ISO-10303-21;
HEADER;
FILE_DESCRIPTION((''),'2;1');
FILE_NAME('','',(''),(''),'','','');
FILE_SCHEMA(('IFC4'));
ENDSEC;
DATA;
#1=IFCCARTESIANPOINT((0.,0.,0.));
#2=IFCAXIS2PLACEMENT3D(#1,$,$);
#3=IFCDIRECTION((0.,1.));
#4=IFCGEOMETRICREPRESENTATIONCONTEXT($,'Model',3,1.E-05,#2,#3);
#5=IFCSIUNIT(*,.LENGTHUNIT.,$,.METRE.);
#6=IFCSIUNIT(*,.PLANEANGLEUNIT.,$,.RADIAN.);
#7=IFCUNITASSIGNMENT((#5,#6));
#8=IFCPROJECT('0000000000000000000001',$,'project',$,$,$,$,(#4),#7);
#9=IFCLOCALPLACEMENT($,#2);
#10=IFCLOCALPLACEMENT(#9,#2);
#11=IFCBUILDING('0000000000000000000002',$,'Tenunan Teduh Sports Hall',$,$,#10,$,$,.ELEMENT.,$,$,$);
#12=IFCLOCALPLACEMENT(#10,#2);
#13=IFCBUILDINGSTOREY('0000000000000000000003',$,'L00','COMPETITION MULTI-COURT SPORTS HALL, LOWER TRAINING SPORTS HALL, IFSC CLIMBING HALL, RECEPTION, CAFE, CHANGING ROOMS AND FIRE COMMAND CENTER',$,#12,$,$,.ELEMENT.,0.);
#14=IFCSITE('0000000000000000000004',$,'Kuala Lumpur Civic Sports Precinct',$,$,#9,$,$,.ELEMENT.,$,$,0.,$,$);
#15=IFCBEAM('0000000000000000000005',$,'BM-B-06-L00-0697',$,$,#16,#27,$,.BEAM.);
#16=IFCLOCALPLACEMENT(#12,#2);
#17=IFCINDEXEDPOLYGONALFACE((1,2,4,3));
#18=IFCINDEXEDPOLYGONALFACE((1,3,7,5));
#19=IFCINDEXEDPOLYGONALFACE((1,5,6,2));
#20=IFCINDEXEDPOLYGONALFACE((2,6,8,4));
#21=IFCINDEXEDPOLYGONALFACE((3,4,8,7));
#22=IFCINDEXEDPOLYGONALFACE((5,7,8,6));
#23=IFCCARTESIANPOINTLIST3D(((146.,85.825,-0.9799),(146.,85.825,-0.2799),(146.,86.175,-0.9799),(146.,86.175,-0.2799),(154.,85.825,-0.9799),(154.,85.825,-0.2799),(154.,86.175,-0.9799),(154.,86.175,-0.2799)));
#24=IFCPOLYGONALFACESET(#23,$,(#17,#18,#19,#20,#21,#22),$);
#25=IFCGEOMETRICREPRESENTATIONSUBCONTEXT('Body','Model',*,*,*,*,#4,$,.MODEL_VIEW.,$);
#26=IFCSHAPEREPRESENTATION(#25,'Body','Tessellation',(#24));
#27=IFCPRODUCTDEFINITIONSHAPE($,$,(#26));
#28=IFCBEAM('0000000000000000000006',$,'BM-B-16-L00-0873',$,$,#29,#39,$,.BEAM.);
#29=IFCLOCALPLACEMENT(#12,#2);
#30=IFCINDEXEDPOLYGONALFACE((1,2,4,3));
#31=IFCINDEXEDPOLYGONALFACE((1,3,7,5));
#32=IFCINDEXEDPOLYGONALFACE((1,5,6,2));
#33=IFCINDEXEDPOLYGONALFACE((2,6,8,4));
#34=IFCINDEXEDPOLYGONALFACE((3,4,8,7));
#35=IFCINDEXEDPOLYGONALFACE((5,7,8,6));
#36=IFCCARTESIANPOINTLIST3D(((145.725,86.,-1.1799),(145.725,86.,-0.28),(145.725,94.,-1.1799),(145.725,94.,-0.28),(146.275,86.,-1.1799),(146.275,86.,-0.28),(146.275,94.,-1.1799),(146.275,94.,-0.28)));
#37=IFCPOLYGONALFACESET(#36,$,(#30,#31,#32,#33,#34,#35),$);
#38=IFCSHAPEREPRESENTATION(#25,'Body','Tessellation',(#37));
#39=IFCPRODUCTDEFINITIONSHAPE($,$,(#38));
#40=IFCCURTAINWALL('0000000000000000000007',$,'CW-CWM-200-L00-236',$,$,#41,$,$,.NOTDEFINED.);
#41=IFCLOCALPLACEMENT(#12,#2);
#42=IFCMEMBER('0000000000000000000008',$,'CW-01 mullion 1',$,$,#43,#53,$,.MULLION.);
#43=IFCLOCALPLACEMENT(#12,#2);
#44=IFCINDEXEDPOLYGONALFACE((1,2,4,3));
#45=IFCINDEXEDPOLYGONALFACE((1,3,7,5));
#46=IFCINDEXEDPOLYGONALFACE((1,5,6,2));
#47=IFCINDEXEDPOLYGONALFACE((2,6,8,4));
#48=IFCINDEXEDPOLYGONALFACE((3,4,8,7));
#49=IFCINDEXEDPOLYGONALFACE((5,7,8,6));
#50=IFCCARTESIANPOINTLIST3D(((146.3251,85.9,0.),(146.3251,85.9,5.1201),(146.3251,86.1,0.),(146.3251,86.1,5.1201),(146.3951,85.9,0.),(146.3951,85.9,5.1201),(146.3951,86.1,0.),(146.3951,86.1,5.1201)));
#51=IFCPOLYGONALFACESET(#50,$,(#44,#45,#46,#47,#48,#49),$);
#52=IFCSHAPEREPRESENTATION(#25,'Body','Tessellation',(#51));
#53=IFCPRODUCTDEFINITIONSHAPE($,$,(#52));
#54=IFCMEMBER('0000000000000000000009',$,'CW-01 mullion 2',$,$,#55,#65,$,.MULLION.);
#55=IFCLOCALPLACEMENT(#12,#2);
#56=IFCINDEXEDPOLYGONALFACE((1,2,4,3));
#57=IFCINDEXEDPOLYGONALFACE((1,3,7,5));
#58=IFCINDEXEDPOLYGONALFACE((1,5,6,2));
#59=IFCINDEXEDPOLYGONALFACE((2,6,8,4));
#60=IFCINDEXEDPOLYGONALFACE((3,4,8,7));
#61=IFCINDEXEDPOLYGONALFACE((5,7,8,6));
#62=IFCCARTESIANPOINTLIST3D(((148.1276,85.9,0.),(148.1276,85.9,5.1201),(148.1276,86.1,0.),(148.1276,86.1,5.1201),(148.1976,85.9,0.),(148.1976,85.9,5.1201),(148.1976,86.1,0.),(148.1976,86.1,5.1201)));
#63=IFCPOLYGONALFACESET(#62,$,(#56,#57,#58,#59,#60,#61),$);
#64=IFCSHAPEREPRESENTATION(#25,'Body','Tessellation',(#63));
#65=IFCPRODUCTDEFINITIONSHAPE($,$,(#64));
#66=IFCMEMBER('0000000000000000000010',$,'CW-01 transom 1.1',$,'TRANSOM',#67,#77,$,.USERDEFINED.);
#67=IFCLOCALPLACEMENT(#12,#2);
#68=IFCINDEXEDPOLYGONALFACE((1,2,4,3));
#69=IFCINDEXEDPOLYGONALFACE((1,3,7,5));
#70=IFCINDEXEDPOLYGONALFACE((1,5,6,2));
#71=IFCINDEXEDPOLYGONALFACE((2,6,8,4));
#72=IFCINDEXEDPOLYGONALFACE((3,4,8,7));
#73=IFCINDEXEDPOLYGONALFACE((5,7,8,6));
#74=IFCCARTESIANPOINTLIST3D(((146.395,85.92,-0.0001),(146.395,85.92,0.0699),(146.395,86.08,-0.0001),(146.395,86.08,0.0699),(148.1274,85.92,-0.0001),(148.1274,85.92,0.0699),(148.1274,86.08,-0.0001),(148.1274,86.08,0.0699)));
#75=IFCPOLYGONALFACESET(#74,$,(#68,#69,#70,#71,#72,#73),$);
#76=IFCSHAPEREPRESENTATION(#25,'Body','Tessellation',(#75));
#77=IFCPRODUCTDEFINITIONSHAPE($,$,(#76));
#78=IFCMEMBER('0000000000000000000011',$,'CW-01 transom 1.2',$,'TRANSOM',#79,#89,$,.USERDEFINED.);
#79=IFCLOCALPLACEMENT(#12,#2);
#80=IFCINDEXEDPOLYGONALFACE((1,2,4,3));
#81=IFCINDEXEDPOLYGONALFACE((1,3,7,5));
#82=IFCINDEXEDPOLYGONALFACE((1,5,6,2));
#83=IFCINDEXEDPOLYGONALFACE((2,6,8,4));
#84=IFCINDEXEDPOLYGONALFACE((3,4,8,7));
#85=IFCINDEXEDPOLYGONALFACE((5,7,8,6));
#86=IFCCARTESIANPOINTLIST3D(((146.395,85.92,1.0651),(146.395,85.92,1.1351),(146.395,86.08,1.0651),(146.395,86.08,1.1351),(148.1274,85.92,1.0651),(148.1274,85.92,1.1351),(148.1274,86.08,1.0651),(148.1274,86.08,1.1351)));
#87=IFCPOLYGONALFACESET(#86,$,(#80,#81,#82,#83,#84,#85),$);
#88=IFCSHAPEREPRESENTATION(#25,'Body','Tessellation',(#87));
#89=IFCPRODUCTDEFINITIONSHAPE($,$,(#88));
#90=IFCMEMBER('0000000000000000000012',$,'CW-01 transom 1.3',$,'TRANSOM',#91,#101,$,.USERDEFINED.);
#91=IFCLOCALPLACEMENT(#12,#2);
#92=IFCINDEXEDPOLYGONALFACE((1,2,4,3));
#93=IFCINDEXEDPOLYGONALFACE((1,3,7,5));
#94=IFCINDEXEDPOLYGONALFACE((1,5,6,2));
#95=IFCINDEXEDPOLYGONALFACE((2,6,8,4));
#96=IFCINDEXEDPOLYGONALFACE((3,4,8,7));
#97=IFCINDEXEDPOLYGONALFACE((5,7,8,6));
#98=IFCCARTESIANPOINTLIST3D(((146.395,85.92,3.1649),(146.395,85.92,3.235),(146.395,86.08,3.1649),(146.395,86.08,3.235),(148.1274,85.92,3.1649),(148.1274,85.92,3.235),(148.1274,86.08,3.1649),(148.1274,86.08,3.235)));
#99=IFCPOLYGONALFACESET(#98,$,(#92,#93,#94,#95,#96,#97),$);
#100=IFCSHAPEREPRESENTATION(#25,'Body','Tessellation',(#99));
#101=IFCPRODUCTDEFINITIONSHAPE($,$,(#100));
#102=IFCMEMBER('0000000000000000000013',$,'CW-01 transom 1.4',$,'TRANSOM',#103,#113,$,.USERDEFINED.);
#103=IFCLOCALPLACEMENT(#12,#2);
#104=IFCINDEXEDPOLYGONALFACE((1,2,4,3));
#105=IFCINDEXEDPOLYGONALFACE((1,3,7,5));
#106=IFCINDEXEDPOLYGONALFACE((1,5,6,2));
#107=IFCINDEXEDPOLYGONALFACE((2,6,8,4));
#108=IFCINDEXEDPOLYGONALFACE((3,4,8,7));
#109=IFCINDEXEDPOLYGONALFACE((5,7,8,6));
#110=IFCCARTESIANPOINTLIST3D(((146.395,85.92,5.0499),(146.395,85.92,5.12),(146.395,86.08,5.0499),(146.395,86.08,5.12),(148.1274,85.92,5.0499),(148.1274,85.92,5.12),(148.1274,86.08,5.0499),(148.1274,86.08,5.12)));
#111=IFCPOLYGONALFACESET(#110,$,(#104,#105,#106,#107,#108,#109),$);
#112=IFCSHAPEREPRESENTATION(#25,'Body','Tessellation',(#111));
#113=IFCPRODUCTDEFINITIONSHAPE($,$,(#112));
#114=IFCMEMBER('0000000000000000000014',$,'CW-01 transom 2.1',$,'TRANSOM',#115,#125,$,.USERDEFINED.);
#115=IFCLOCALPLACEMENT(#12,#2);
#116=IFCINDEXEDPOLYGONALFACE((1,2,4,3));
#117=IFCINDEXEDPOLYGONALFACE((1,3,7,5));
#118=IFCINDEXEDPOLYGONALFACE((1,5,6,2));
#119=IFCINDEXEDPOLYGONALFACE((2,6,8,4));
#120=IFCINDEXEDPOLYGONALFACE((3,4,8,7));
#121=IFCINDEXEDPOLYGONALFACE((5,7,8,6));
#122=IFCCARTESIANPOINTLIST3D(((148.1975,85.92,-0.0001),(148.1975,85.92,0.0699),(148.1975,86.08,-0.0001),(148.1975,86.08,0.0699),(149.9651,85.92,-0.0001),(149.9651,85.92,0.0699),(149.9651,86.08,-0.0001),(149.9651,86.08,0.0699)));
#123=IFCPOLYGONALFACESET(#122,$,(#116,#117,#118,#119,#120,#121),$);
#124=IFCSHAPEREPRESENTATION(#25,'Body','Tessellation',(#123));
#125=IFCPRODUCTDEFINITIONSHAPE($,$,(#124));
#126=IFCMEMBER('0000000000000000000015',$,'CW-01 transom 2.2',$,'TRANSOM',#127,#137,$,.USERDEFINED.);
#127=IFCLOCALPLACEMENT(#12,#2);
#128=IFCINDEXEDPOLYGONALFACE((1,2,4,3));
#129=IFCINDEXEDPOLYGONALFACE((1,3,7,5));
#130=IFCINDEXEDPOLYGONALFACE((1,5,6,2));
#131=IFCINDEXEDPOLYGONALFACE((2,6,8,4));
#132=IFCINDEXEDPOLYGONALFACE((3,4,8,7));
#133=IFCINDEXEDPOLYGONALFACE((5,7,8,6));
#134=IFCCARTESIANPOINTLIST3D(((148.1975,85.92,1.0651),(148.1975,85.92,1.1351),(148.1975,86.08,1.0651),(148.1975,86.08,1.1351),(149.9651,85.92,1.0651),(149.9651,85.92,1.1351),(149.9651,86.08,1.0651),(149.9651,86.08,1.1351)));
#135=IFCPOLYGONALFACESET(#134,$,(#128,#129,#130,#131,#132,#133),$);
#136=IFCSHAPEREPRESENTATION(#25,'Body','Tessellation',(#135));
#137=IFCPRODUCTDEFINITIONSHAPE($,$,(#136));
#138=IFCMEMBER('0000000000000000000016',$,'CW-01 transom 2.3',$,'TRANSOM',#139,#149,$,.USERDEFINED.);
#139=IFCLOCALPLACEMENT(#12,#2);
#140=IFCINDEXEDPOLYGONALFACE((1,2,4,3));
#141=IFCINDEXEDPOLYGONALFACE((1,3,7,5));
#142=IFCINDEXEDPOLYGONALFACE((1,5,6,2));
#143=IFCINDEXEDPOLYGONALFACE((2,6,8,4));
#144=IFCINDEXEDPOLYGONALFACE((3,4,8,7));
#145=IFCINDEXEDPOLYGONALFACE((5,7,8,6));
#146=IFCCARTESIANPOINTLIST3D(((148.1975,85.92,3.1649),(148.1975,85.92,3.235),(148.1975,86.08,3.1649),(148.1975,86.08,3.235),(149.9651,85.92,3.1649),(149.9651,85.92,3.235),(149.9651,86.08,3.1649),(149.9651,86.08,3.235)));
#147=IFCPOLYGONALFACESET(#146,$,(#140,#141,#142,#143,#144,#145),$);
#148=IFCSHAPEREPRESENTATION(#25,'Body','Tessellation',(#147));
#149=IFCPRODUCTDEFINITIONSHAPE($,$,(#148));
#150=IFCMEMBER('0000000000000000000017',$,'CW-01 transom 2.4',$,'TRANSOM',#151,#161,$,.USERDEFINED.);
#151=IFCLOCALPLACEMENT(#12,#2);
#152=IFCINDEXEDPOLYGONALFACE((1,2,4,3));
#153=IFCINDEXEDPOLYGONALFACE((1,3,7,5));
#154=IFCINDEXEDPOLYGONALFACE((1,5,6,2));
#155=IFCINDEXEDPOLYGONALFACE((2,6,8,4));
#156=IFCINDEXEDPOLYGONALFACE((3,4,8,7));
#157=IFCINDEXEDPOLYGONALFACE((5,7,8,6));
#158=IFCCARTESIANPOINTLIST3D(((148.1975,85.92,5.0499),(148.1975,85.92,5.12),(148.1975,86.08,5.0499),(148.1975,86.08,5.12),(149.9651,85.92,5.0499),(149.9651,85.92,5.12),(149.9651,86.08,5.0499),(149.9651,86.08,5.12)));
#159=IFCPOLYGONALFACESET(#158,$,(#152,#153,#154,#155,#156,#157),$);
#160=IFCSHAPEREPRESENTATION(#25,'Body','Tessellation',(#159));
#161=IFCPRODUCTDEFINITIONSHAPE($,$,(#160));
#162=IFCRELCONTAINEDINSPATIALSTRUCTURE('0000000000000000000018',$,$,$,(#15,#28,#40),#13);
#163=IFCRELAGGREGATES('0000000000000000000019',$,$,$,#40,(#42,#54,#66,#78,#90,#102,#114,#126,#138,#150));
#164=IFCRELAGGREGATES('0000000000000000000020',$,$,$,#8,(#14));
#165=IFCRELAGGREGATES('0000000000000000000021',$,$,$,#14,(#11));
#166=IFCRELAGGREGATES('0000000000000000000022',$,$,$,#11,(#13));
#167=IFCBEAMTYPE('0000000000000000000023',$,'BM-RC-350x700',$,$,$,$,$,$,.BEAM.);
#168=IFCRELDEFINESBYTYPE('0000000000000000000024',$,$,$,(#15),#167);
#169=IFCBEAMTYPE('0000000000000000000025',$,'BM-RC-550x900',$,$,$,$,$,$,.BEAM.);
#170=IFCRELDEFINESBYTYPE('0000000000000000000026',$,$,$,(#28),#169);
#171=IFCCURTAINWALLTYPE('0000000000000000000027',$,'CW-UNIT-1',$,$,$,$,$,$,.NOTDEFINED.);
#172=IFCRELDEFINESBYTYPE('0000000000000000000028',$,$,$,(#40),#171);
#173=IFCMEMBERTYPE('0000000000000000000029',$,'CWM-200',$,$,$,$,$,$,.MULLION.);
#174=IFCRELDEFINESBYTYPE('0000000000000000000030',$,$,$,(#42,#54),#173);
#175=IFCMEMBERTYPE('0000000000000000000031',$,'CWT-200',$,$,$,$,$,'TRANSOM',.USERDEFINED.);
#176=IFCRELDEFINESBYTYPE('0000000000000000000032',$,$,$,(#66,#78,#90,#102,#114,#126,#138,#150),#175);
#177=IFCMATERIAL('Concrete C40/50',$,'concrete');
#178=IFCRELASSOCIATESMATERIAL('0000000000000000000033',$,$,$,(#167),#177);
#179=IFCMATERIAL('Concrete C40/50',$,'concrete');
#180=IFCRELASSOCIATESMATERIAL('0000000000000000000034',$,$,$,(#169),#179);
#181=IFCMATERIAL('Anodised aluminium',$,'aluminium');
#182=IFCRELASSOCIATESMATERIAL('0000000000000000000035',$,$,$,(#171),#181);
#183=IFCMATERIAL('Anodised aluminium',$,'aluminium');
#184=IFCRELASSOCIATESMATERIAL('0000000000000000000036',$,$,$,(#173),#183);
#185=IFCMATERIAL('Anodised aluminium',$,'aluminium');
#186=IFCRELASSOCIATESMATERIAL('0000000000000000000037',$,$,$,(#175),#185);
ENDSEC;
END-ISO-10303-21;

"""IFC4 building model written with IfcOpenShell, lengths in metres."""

from ifc_helpers import new_model, si_unit, direction, frame, origin, origin_2d, place, context, subcontext, project, spatial, rectangle, extrude, material, material_profile, profile_set, type_object, element, aggregate, save


model = new_model("IFC4")

# Units and contexts
model_context = context("Model", 3, precision=1e-05, world=origin(), true_north=direction((0.0, 1.0)))
body_context = subcontext(model_context, "Body", "Model", "MODEL_VIEW")
ifc_project = project(units=[si_unit("LENGTHUNIT", "METRE"), si_unit("PLANEANGLEUNIT", "RADIAN")], contexts=[model_context])

# Site, building, storey
site_placement = place(None, origin())
site = spatial("IfcSite", under=ifc_project, at=site_placement, Name="Kuala Lumpur Civic Sports Precinct", CompositionType="ELEMENT", RefElevation=0.0)
building_placement = place(site_placement, origin())
building = spatial("IfcBuilding", under=site, at=building_placement, Name="Tenunan Teduh Sports Hall", CompositionType="ELEMENT")
storey_placement = place(building_placement, origin())
storey = spatial("IfcBuildingStorey", under=building, at=storey_placement, Name="L00", Description="COMPETITION MULTI-COURT SPORTS HALL, LOWER TRAINING SPORTS HALL, IFSC CLIMBING HALL, RECEPTION, CAFE, CHANGING ROOMS AND FIRE COMMAND CENTER", CompositionType="ELEMENT", Elevation=0.0)

# Beams
ifc_material_1 = material(Name="Concrete C40/50", Category="concrete")
ifc_material_profile_1 = material_profile(ifc_material_1, rectangle(XDim=0.3501, YDim=0.7, at=origin_2d()), Name="RCB 350x700")
ifc_profile_set_1 = profile_set([ifc_material_profile_1], Name="Concrete C40/50")
beam_type_1 = type_object("IfcBeamType", Name="BM-RC-350x700", PredefinedType="BEAM", material=ifc_profile_set_1)
beam_1_placement = place(storey_placement, frame((146.0, 86.0, -0.6299), z_axis=(1.0, 0.0, 0.0), x_axis=(0.0, 1.0, 0.0)))
element("IfcBeam", 1, at=beam_1_placement, inside=storey, type_object=beam_type_1, Name="BM-B-06-L00-0697", PredefinedType="BEAM", context=body_context, shape_type="SweptSolid", body=[
    extrude(rectangle(XDim=0.3501, YDim=0.7, at=origin_2d()), origin(), (0.0, 0.0, 1.0), 8.0),
])
ifc_material_2 = material(Name="Concrete C40/50", Category="concrete")
ifc_material_profile_2 = material_profile(ifc_material_2, rectangle(XDim=0.55, YDim=0.8999, at=origin_2d()), Name="RCB 550x900")
ifc_profile_set_2 = profile_set([ifc_material_profile_2], Name="Concrete C40/50")
beam_type_2 = type_object("IfcBeamType", Name="BM-RC-550x900", PredefinedType="BEAM", material=ifc_profile_set_2)
beam_2_placement = place(storey_placement, frame((146.0, 86.0, -0.73), z_axis=(0.0, 1.0, 0.0), x_axis=(-1.0, 0.0, 0.0)))
element("IfcBeam", 2, at=beam_2_placement, inside=storey, type_object=beam_type_2, Name="BM-B-16-L00-0873", PredefinedType="BEAM", context=body_context, shape_type="SweptSolid", body=[
    extrude(rectangle(XDim=0.55, YDim=0.8999, at=origin_2d()), origin(), (0.0, 0.0, 1.0), 8.0),
])

# Curtain wall, members
ifc_material_3 = material(Name="Anodised aluminium", Category="aluminium")
curtain_wall_type = type_object("IfcCurtainWallType", Name="CW-UNIT-1", PredefinedType="NOTDEFINED", material=ifc_material_3)
curtain_wall_placement = place(storey_placement, origin())
curtain_wall = element("IfcCurtainWall", 3, at=curtain_wall_placement, inside=storey, type_object=curtain_wall_type, Name="CW-CWM-200-L00-236", PredefinedType="NOTDEFINED")
ifc_material_4 = material(Name="Anodised aluminium", Category="aluminium")
ifc_material_profile_3 = material_profile(ifc_material_4, rectangle(XDim=0.0701, YDim=0.2, at=origin_2d()), Name="CWM 70x200")
ifc_profile_set_3 = profile_set([ifc_material_profile_3], Name="Anodised aluminium")
member_type_1 = type_object("IfcMemberType", Name="CWM-200", PredefinedType="MULLION", material=ifc_profile_set_3)
member_1_placement = place(storey_placement, frame((146.3601, 86.0, 0.0), z_axis=(0.0, 0.0, 1.0), x_axis=(1.0, 0.0, 0.0)))
member_1 = element("IfcMember", 4, at=member_1_placement, type_object=member_type_1, Name="CW-01 mullion 1", PredefinedType="MULLION", context=body_context, shape_type="SweptSolid", body=[
    extrude(rectangle(XDim=0.0701, YDim=0.2, at=origin_2d()), origin(), (0.0, 0.0, 1.0), 5.1201),
])
member_2_placement = place(storey_placement, frame((148.1626, 86.0, 0.0), z_axis=(0.0, 0.0, 1.0), x_axis=(1.0, 0.0, 0.0)))
member_2 = element("IfcMember", 5, at=member_2_placement, type_object=member_type_1, Name="CW-01 mullion 2", PredefinedType="MULLION", context=body_context, shape_type="SweptSolid", body=[
    extrude(rectangle(XDim=0.0701, YDim=0.2, at=origin_2d()), origin(), (0.0, 0.0, 1.0), 5.1201),
])
ifc_material_5 = material(Name="Anodised aluminium", Category="aluminium")
ifc_material_profile_4 = material_profile(ifc_material_5, rectangle(XDim=0.0701, YDim=0.1599, at=origin_2d()), Name="CWT 70x160")
ifc_profile_set_4 = profile_set([ifc_material_profile_4], Name="Anodised aluminium")
member_type_2 = type_object("IfcMemberType", Name="CWT-200", ElementType="TRANSOM", PredefinedType="USERDEFINED", material=ifc_profile_set_4)
member_3_placement = place(storey_placement, frame((146.395, 86.0, 0.0349), z_axis=(1.0, 0.0, 0.0), x_axis=(0.0, 0.0, 1.0)))
member_3 = element("IfcMember", 6, at=member_3_placement, type_object=member_type_2, Name="CW-01 transom 1.1", ObjectType="TRANSOM", PredefinedType="USERDEFINED", context=body_context, shape_type="SweptSolid", body=[
    extrude(rectangle(XDim=0.0701, YDim=0.1599, at=origin_2d()), origin(), (0.0, 0.0, 1.0), 1.7324),
])
member_4_placement = place(storey_placement, frame((146.395, 86.0, 1.1001), z_axis=(1.0, 0.0, 0.0), x_axis=(0.0, 0.0, 1.0)))
member_4 = element("IfcMember", 7, at=member_4_placement, type_object=member_type_2, Name="CW-01 transom 1.2", ObjectType="TRANSOM", PredefinedType="USERDEFINED", context=body_context, shape_type="SweptSolid", body=[
    extrude(rectangle(XDim=0.0701, YDim=0.1599, at=origin_2d()), origin(), (0.0, 0.0, 1.0), 1.7324),
])
member_5_placement = place(storey_placement, frame((146.395, 86.0, 3.2), z_axis=(1.0, 0.0, 0.0), x_axis=(0.0, 0.0, 1.0)))
member_5 = element("IfcMember", 8, at=member_5_placement, type_object=member_type_2, Name="CW-01 transom 1.3", ObjectType="TRANSOM", PredefinedType="USERDEFINED", context=body_context, shape_type="SweptSolid", body=[
    extrude(rectangle(XDim=0.0701, YDim=0.1599, at=origin_2d()), origin(), (0.0, 0.0, 1.0), 1.7324),
])
member_6_placement = place(storey_placement, frame((146.395, 86.0, 5.085), z_axis=(1.0, 0.0, 0.0), x_axis=(0.0, 0.0, 1.0)))
member_6 = element("IfcMember", 9, at=member_6_placement, type_object=member_type_2, Name="CW-01 transom 1.4", ObjectType="TRANSOM", PredefinedType="USERDEFINED", context=body_context, shape_type="SweptSolid", body=[
    extrude(rectangle(XDim=0.0701, YDim=0.1599, at=origin_2d()), origin(), (0.0, 0.0, 1.0), 1.7324),
])
member_7_placement = place(storey_placement, frame((148.1975, 86.0, 0.0349), z_axis=(1.0, 0.0, 0.0), x_axis=(0.0, 0.0, 1.0)))
member_7 = element("IfcMember", 10, at=member_7_placement, type_object=member_type_2, Name="CW-01 transom 2.1", ObjectType="TRANSOM", PredefinedType="USERDEFINED", context=body_context, shape_type="SweptSolid", body=[
    extrude(rectangle(XDim=0.0701, YDim=0.1599, at=origin_2d()), origin(), (0.0, 0.0, 1.0), 1.7676),
])
member_8_placement = place(storey_placement, frame((148.1975, 86.0, 1.1001), z_axis=(1.0, 0.0, 0.0), x_axis=(0.0, 0.0, 1.0)))
member_8 = element("IfcMember", 11, at=member_8_placement, type_object=member_type_2, Name="CW-01 transom 2.2", ObjectType="TRANSOM", PredefinedType="USERDEFINED", context=body_context, shape_type="SweptSolid", body=[
    extrude(rectangle(XDim=0.0701, YDim=0.1599, at=origin_2d()), origin(), (0.0, 0.0, 1.0), 1.7676),
])
member_9_placement = place(storey_placement, frame((148.1975, 86.0, 3.2), z_axis=(1.0, 0.0, 0.0), x_axis=(0.0, 0.0, 1.0)))
member_9 = element("IfcMember", 12, at=member_9_placement, type_object=member_type_2, Name="CW-01 transom 2.3", ObjectType="TRANSOM", PredefinedType="USERDEFINED", context=body_context, shape_type="SweptSolid", body=[
    extrude(rectangle(XDim=0.0701, YDim=0.1599, at=origin_2d()), origin(), (0.0, 0.0, 1.0), 1.7676),
])
member_10_placement = place(storey_placement, frame((148.1975, 86.0, 5.085), z_axis=(1.0, 0.0, 0.0), x_axis=(0.0, 0.0, 1.0)))
member_10 = element("IfcMember", 13, at=member_10_placement, type_object=member_type_2, Name="CW-01 transom 2.4", ObjectType="TRANSOM", PredefinedType="USERDEFINED", context=body_context, shape_type="SweptSolid", body=[
    extrude(rectangle(XDim=0.0701, YDim=0.1599, at=origin_2d()), origin(), (0.0, 0.0, 1.0), 1.7676),
])

aggregate(curtain_wall, [member_1, member_2, member_3, member_4, member_5, member_6, member_7, member_8, member_9, member_10])

save(model, "model.ifc")
